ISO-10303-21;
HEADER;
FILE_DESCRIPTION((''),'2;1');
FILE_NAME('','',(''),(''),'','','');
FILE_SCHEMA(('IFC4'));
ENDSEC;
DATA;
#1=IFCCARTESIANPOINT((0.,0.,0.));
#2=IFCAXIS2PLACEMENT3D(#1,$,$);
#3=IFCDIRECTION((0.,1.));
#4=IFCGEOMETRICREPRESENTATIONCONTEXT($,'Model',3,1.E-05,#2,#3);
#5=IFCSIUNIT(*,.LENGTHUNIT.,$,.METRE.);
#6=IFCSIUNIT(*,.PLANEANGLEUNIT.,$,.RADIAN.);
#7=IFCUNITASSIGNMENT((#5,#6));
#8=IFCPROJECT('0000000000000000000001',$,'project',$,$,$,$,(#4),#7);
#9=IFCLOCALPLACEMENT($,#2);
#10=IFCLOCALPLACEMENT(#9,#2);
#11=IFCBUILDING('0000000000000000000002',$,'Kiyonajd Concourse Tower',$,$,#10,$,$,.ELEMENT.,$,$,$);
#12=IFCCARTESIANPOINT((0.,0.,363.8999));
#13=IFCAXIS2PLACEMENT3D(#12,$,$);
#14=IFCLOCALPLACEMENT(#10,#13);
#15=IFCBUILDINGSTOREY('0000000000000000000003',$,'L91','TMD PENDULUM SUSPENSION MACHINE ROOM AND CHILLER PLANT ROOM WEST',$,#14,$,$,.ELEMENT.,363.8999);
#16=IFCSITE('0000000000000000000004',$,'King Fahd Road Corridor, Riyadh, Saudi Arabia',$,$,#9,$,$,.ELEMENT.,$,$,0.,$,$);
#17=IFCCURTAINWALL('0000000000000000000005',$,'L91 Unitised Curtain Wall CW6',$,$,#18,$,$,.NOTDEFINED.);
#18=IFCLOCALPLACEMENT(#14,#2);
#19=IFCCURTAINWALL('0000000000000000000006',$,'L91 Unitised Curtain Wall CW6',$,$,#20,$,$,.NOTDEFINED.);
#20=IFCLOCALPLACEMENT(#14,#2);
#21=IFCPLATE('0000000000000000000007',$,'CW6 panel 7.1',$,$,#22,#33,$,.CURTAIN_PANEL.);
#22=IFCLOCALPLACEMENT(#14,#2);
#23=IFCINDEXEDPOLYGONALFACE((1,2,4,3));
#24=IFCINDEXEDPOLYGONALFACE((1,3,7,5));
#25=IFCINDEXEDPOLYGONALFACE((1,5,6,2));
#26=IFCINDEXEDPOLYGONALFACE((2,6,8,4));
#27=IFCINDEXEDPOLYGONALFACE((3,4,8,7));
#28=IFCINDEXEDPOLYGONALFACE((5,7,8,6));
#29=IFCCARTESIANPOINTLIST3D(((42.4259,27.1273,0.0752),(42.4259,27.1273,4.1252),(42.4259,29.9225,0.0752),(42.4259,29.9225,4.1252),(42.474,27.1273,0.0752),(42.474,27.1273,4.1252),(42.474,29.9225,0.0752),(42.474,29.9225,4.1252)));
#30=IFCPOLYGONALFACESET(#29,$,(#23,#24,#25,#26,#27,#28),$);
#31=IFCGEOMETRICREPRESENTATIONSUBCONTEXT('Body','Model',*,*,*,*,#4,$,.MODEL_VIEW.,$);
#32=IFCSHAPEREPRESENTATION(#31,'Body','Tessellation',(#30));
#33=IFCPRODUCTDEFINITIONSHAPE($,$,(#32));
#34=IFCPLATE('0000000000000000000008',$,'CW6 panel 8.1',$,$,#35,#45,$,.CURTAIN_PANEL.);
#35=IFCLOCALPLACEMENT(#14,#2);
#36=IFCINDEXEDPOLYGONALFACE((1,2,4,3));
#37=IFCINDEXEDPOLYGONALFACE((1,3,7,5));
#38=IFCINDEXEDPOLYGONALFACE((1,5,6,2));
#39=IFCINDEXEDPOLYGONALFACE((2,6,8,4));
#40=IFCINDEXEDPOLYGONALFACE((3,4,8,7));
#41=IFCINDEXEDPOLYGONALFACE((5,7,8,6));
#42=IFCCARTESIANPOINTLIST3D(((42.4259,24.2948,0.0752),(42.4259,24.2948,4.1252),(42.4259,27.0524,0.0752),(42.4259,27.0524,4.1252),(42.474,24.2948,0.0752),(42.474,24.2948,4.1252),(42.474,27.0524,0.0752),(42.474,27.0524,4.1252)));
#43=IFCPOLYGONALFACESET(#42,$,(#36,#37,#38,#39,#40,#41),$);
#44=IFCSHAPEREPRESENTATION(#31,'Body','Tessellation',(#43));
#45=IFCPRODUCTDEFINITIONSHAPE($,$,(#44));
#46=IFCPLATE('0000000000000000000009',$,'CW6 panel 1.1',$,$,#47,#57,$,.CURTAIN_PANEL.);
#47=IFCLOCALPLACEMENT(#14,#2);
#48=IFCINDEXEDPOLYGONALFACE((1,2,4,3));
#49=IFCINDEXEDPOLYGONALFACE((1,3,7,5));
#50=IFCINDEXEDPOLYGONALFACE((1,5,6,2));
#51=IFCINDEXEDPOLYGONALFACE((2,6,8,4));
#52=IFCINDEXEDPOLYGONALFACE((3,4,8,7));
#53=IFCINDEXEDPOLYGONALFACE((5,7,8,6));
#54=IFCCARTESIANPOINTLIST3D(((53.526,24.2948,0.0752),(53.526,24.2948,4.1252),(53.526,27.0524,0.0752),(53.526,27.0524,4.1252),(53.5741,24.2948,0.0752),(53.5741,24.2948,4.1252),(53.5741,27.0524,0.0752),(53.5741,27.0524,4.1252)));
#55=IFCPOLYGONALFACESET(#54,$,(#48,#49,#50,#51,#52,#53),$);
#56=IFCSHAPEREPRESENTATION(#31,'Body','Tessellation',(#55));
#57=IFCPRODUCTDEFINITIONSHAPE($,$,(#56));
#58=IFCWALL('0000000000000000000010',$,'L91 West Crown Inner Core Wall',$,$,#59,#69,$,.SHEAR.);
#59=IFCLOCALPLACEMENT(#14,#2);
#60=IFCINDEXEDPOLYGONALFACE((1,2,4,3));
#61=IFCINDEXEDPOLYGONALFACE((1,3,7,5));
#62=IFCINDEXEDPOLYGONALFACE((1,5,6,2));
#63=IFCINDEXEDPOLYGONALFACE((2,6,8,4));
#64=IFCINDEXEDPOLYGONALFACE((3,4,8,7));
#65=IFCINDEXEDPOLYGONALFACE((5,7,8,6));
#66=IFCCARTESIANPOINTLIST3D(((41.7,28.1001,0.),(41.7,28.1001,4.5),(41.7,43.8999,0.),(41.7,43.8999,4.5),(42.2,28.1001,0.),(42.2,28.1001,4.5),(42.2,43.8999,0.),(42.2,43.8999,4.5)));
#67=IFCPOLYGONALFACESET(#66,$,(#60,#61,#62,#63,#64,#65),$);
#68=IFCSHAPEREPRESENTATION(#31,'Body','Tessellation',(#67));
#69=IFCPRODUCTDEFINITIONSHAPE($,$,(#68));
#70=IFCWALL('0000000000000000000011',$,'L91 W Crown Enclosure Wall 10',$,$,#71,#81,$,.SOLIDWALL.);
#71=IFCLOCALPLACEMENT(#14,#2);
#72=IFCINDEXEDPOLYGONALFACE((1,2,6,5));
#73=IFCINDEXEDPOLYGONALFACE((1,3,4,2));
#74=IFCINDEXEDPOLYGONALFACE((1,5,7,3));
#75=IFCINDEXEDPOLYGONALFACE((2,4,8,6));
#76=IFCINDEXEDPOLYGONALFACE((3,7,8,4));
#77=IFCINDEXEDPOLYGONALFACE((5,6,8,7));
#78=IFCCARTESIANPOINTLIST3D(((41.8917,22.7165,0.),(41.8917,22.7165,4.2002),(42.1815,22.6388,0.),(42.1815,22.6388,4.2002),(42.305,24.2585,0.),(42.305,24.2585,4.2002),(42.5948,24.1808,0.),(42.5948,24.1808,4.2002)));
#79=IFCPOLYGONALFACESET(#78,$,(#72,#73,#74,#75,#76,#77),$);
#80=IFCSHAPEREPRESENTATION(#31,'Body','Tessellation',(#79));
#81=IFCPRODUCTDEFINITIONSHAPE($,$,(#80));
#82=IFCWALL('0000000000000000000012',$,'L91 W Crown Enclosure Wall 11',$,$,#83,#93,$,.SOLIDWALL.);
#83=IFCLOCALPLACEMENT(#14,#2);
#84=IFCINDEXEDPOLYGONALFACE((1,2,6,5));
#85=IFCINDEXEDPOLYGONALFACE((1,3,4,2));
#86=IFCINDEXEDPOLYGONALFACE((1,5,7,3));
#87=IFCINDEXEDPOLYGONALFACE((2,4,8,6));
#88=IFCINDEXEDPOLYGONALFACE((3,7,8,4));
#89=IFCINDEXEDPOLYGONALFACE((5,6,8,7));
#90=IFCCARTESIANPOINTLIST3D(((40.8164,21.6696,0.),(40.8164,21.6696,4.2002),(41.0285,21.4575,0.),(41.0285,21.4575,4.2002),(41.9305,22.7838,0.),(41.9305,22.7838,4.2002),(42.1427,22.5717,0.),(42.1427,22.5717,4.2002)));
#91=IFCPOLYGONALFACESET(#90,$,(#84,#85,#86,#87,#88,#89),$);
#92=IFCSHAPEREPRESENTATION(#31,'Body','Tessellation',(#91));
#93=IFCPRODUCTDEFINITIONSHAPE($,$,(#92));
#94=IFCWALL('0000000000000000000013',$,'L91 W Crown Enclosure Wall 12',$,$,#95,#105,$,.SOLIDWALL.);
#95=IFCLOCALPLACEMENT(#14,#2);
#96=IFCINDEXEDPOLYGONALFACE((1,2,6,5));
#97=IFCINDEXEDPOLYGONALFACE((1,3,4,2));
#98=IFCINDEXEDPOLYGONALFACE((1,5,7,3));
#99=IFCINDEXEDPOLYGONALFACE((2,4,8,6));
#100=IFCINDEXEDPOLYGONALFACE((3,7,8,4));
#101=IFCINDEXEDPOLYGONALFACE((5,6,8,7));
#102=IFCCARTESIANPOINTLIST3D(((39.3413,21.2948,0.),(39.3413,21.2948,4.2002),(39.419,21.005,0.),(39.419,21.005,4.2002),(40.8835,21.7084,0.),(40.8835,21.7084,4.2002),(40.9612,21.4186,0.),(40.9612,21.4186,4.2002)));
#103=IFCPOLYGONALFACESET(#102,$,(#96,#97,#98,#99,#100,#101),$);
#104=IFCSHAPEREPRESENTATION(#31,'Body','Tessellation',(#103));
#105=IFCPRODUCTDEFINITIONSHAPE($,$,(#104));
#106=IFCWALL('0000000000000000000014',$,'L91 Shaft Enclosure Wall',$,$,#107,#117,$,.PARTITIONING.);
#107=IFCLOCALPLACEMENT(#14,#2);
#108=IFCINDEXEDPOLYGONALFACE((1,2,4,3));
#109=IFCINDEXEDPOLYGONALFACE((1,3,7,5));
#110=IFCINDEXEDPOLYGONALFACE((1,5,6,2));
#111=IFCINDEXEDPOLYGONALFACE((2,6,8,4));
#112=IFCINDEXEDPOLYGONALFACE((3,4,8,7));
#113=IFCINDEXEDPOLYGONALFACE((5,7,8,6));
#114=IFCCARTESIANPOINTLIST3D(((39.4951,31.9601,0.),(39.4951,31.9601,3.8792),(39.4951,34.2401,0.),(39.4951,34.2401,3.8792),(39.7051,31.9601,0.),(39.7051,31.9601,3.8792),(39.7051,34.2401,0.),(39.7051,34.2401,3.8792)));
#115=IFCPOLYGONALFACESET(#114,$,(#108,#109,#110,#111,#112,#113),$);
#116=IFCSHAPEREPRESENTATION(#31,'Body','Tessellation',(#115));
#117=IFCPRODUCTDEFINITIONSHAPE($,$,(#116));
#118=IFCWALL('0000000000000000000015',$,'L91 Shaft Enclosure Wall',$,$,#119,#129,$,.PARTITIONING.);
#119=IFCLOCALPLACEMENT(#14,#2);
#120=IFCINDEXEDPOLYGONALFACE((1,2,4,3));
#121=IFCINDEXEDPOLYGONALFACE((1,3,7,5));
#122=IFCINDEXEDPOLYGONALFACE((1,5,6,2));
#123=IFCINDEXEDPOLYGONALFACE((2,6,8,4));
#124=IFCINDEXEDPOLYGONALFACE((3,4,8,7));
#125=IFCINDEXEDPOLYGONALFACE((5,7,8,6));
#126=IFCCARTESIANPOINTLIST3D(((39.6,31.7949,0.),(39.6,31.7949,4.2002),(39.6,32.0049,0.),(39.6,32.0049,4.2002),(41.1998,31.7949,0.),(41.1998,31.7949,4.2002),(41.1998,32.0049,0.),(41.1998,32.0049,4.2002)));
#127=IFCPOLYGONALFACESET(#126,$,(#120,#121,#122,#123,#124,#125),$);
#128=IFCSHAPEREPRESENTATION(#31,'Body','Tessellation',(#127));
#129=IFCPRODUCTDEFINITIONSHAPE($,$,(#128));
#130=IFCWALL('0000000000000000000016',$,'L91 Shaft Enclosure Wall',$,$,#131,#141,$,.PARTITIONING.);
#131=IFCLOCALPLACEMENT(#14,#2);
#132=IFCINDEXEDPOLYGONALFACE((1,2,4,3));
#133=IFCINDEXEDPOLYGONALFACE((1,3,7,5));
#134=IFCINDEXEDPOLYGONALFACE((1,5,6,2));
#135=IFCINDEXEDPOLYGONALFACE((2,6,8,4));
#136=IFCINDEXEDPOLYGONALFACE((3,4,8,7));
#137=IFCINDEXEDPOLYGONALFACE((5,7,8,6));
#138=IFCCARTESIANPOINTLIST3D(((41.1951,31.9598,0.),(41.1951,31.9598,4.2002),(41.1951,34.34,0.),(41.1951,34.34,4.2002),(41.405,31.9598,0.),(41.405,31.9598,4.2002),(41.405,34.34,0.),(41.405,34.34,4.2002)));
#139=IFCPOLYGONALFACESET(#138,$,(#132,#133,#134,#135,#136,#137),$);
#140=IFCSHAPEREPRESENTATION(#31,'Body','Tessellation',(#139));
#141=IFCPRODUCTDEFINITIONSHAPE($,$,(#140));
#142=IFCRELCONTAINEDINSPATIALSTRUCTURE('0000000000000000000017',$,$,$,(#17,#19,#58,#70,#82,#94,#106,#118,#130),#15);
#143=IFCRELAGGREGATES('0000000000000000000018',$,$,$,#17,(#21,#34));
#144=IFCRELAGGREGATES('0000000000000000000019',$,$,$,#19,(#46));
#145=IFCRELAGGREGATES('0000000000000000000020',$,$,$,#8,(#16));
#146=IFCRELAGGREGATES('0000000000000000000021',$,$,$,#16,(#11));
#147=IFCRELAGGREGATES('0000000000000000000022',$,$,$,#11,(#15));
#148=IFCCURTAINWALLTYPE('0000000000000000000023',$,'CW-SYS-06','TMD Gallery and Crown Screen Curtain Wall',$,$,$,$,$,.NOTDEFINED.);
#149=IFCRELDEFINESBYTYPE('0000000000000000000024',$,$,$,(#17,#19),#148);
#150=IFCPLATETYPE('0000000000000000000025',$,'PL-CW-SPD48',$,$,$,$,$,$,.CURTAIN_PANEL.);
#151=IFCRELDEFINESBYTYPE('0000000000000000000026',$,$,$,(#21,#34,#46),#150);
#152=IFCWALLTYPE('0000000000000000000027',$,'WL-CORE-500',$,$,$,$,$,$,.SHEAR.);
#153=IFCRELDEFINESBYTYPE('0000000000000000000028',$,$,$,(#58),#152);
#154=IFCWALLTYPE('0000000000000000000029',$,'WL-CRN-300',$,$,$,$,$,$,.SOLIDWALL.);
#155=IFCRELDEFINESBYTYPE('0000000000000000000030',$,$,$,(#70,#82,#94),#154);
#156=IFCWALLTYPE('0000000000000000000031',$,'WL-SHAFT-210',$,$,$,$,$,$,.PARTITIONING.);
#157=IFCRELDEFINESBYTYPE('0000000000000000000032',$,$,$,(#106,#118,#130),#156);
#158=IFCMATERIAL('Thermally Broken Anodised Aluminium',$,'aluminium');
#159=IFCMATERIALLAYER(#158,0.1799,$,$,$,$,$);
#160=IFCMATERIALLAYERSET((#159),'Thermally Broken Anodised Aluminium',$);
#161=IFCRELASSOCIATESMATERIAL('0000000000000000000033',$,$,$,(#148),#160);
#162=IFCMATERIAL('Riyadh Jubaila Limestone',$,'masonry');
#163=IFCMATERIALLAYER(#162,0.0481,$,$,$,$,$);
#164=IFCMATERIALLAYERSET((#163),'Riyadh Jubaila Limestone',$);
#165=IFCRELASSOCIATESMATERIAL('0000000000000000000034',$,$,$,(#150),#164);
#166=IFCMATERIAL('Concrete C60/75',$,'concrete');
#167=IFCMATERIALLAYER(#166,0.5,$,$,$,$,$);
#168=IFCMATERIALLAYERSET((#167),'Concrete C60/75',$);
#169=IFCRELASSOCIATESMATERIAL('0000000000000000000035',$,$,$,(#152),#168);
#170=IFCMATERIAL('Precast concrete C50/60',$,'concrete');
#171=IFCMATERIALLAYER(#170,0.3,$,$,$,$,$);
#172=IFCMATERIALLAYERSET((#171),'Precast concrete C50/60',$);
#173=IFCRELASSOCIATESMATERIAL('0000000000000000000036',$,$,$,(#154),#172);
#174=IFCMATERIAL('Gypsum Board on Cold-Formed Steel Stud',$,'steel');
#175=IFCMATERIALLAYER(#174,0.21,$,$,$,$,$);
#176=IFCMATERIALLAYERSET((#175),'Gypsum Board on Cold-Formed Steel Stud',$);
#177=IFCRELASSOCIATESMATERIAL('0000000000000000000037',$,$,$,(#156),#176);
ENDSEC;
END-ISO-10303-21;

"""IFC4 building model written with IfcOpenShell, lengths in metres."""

from ifc_helpers import new_model, si_unit, direction, frame, frame_2d, origin, origin_2d, place, context, subcontext, project, spatial, rectangle, extrude, material, layer, layer_set, type_object, element, aggregate, save


model = new_model("IFC4")

# Units and contexts
model_context = context("Model", 3, precision=1e-05, world=origin(), true_north=direction((0.0, 1.0)))
body_context = subcontext(model_context, "Body", "Model", "MODEL_VIEW")
ifc_project = project(units=[si_unit("LENGTHUNIT", "METRE"), si_unit("PLANEANGLEUNIT", "RADIAN")], contexts=[model_context])

# Site, building, storey
site_placement = place(None, origin())
site = spatial("IfcSite", under=ifc_project, at=site_placement, Name="King Fahd Road Corridor, Riyadh, Saudi Arabia", CompositionType="ELEMENT", RefElevation=0.0)
building_placement = place(site_placement, origin())
building = spatial("IfcBuilding", under=site, at=building_placement, Name="Kiyonajd Concourse Tower", CompositionType="ELEMENT")
storey_placement = place(building_placement, frame((0.0, 0.0, 363.8999)))
storey = spatial("IfcBuildingStorey", under=building, at=storey_placement, Name="L91", Description="TMD PENDULUM SUSPENSION MACHINE ROOM AND CHILLER PLANT ROOM WEST", CompositionType="ELEMENT", Elevation=363.8999)

# Curtain walls
ifc_material_1 = material(Name="Thermally Broken Anodised Aluminium", Category="aluminium")
ifc_layer_1 = layer(ifc_material_1, 0.1799)
ifc_layer_set_1 = layer_set([ifc_layer_1], Name="Thermally Broken Anodised Aluminium")
curtain_wall_type = type_object("IfcCurtainWallType", Name="CW-SYS-06", Description="TMD Gallery and Crown Screen Curtain Wall", PredefinedType="NOTDEFINED", material=ifc_layer_set_1)
curtain_wall_1_placement = place(storey_placement, origin())
curtain_wall_1 = element("IfcCurtainWall", 1, at=curtain_wall_1_placement, inside=storey, type_object=curtain_wall_type, Name="L91 Unitised Curtain Wall CW6", PredefinedType="NOTDEFINED")
curtain_wall_2_placement = place(storey_placement, origin())
curtain_wall_2 = element("IfcCurtainWall", 2, at=curtain_wall_2_placement, inside=storey, type_object=curtain_wall_type, Name="L91 Unitised Curtain Wall CW6", PredefinedType="NOTDEFINED")

# Plates
ifc_material_2 = material(Name="Riyadh Jubaila Limestone", Category="masonry")
ifc_layer_2 = layer(ifc_material_2, 0.0481)
ifc_layer_set_2 = layer_set([ifc_layer_2], Name="Riyadh Jubaila Limestone")
plate_type_1 = type_object("IfcPlateType", Name="PL-CW-SPD48", PredefinedType="CURTAIN_PANEL", material=ifc_layer_set_2)
plate_1_placement = place(storey_placement, frame((42.45, 28.5249, 0.0752), z_axis=(0.0, 0.0, 1.0), x_axis=(0.0, -1.0, 0.0)))
plate_1 = element("IfcPlate", 3, at=plate_1_placement, type_object=plate_type_1, Name="CW6 panel 7.1", PredefinedType="CURTAIN_PANEL", context=body_context, shape_type="SweptSolid", body=[
    extrude(rectangle(XDim=2.7952, YDim=0.0481, at=origin_2d()), origin(), (0.0, 0.0, 1.0), 4.05),
])
plate_2_placement = place(storey_placement, frame((42.45, 25.6736, 0.0752), z_axis=(0.0, 0.0, 1.0), x_axis=(0.0, -1.0, 0.0)))
plate_2 = element("IfcPlate", 4, at=plate_2_placement, type_object=plate_type_1, Name="CW6 panel 8.1", PredefinedType="CURTAIN_PANEL", context=body_context, shape_type="SweptSolid", body=[
    extrude(rectangle(XDim=2.7576, YDim=0.0481, at=origin_2d()), origin(), (0.0, 0.0, 1.0), 4.05),
])
aggregate(curtain_wall_1, [plate_1, plate_2])
plate_3_placement = place(storey_placement, frame((53.55, 25.6736, 0.0752), z_axis=(0.0, 0.0, 1.0), x_axis=(0.0, 1.0, 0.0)))
plate_3 = element("IfcPlate", 5, at=plate_3_placement, type_object=plate_type_1, Name="CW6 panel 1.1", PredefinedType="CURTAIN_PANEL", context=body_context, shape_type="SweptSolid", body=[
    extrude(rectangle(XDim=2.7576, YDim=0.0481, at=origin_2d()), origin(), (0.0, 0.0, 1.0), 4.05),
])
aggregate(curtain_wall_2, [plate_3])

# Walls
ifc_material_3 = material(Name="Concrete C60/75", Category="concrete")
ifc_layer_3 = layer(ifc_material_3, 0.5)
ifc_layer_set_3 = layer_set([ifc_layer_3], Name="Concrete C60/75")
wall_type_1 = type_object("IfcWallType", Name="WL-CORE-500", PredefinedType="SHEAR", material=ifc_layer_set_3)
wall_1_placement = place(storey_placement, frame((41.95, 28.1001, 0.0), z_axis=(0.0, 0.0, 1.0), x_axis=(0.0, 1.0, 0.0)))
element("IfcWall", 6, at=wall_1_placement, inside=storey, type_object=wall_type_1, Name="L91 West Crown Inner Core Wall", PredefinedType="SHEAR", context=body_context, shape_type="SweptSolid", body=[
    extrude(rectangle(XDim=15.7998, YDim=0.5, at=frame_2d((7.8999, 0.0))), origin(), (0.0, 0.0, 1.0), 4.5),
])
ifc_material_4 = material(Name="Precast concrete C50/60", Category="concrete")
ifc_layer_4 = layer(ifc_material_4, 0.3)
ifc_layer_set_4 = layer_set([ifc_layer_4], Name="Precast concrete C50/60")
wall_type_2 = type_object("IfcWallType", Name="WL-CRN-300", PredefinedType="SOLIDWALL", material=ifc_layer_set_4)
wall_2_placement = place(storey_placement, frame((42.45, 24.2197, 0.0), z_axis=(0.0, 0.0, 1.0), x_axis=(-0.258909, -0.965902, 0.0)))
element("IfcWall", 7, at=wall_2_placement, inside=storey, type_object=wall_type_2, Name="L91 W Crown Enclosure Wall 10", PredefinedType="SOLIDWALL", context=body_context, shape_type="SweptSolid", body=[
    extrude(rectangle(XDim=1.5964, YDim=0.3, at=frame_2d((0.7983, 0.0))), origin(), (0.0, 0.0, 1.0), 4.2002),
])
wall_3_placement = place(storey_placement, frame((42.0366, 22.6777, 0.0), z_axis=(0.0, 0.0, 1.0), x_axis=(-0.707107, -0.707107, 0.0)))
element("IfcWall", 8, at=wall_3_placement, inside=storey, type_object=wall_type_2, Name="L91 W Crown Enclosure Wall 11", PredefinedType="SOLIDWALL", context=body_context, shape_type="SweptSolid", body=[
    extrude(rectangle(XDim=1.5757, YDim=0.3, at=frame_2d((0.7878, 0.0))), origin(), (0.0, 0.0, 1.0), 4.2002),
])
wall_4_placement = place(storey_placement, frame((40.9224, 21.5635, 0.0), z_axis=(0.0, 0.0, 1.0), x_axis=(-0.965874, -0.259014, 0.0)))
element("IfcWall", 9, at=wall_4_placement, inside=storey, type_object=wall_type_2, Name="L91 W Crown Enclosure Wall 12", PredefinedType="SOLIDWALL", context=body_context, shape_type="SweptSolid", body=[
    extrude(rectangle(XDim=1.5967, YDim=0.3, at=frame_2d((0.7983, 0.0))), origin(), (0.0, 0.0, 1.0), 4.2002),
])
ifc_material_5 = material(Name="Gypsum Board on Cold-Formed Steel Stud", Category="steel")
ifc_layer_5 = layer(ifc_material_5, 0.21)
ifc_layer_set_5 = layer_set([ifc_layer_5], Name="Gypsum Board on Cold-Formed Steel Stud")
wall_type_3 = type_object("IfcWallType", Name="WL-SHAFT-210", PredefinedType="PARTITIONING", material=ifc_layer_set_5)
wall_5_placement = place(storey_placement, frame((39.6001, 31.96, 0.0), z_axis=(0.0, 0.0, 1.0), x_axis=(0.0, 1.0, 0.0)))
element("IfcWall", 10, at=wall_5_placement, inside=storey, type_object=wall_type_3, Name="L91 Shaft Enclosure Wall", PredefinedType="PARTITIONING", context=body_context, shape_type="SweptSolid", body=[
    extrude(rectangle(XDim=2.28, YDim=0.21, at=frame_2d((1.1401, 0.0))), origin(), (0.0, 0.0, 1.0), 3.8792),
])
wall_6_placement = place(storey_placement, frame((39.6001, 31.8999, 0.0), z_axis=(0.0, 0.0, 1.0), x_axis=(1.0, 0.0, 0.0)))
element("IfcWall", 11, at=wall_6_placement, inside=storey, type_object=wall_type_3, Name="L91 Shaft Enclosure Wall", PredefinedType="PARTITIONING", context=body_context, shape_type="SweptSolid", body=[
    extrude(rectangle(XDim=1.5999, YDim=0.21, at=frame_2d((0.7998, 0.0))), origin(), (0.0, 0.0, 1.0), 4.2002),
])
wall_7_placement = place(storey_placement, frame((41.3, 31.96, 0.0), z_axis=(0.0, 0.0, 1.0), x_axis=(0.0, 1.0, 0.0)))
element("IfcWall", 12, at=wall_7_placement, inside=storey, type_object=wall_type_3, Name="L91 Shaft Enclosure Wall", PredefinedType="PARTITIONING", context=body_context, shape_type="SweptSolid", body=[
    extrude(rectangle(XDim=2.3801, YDim=0.21, at=frame_2d((1.1899, 0.0))), origin(), (0.0, 0.0, 1.0), 4.2002),
])

save(model, "model.ifc")
